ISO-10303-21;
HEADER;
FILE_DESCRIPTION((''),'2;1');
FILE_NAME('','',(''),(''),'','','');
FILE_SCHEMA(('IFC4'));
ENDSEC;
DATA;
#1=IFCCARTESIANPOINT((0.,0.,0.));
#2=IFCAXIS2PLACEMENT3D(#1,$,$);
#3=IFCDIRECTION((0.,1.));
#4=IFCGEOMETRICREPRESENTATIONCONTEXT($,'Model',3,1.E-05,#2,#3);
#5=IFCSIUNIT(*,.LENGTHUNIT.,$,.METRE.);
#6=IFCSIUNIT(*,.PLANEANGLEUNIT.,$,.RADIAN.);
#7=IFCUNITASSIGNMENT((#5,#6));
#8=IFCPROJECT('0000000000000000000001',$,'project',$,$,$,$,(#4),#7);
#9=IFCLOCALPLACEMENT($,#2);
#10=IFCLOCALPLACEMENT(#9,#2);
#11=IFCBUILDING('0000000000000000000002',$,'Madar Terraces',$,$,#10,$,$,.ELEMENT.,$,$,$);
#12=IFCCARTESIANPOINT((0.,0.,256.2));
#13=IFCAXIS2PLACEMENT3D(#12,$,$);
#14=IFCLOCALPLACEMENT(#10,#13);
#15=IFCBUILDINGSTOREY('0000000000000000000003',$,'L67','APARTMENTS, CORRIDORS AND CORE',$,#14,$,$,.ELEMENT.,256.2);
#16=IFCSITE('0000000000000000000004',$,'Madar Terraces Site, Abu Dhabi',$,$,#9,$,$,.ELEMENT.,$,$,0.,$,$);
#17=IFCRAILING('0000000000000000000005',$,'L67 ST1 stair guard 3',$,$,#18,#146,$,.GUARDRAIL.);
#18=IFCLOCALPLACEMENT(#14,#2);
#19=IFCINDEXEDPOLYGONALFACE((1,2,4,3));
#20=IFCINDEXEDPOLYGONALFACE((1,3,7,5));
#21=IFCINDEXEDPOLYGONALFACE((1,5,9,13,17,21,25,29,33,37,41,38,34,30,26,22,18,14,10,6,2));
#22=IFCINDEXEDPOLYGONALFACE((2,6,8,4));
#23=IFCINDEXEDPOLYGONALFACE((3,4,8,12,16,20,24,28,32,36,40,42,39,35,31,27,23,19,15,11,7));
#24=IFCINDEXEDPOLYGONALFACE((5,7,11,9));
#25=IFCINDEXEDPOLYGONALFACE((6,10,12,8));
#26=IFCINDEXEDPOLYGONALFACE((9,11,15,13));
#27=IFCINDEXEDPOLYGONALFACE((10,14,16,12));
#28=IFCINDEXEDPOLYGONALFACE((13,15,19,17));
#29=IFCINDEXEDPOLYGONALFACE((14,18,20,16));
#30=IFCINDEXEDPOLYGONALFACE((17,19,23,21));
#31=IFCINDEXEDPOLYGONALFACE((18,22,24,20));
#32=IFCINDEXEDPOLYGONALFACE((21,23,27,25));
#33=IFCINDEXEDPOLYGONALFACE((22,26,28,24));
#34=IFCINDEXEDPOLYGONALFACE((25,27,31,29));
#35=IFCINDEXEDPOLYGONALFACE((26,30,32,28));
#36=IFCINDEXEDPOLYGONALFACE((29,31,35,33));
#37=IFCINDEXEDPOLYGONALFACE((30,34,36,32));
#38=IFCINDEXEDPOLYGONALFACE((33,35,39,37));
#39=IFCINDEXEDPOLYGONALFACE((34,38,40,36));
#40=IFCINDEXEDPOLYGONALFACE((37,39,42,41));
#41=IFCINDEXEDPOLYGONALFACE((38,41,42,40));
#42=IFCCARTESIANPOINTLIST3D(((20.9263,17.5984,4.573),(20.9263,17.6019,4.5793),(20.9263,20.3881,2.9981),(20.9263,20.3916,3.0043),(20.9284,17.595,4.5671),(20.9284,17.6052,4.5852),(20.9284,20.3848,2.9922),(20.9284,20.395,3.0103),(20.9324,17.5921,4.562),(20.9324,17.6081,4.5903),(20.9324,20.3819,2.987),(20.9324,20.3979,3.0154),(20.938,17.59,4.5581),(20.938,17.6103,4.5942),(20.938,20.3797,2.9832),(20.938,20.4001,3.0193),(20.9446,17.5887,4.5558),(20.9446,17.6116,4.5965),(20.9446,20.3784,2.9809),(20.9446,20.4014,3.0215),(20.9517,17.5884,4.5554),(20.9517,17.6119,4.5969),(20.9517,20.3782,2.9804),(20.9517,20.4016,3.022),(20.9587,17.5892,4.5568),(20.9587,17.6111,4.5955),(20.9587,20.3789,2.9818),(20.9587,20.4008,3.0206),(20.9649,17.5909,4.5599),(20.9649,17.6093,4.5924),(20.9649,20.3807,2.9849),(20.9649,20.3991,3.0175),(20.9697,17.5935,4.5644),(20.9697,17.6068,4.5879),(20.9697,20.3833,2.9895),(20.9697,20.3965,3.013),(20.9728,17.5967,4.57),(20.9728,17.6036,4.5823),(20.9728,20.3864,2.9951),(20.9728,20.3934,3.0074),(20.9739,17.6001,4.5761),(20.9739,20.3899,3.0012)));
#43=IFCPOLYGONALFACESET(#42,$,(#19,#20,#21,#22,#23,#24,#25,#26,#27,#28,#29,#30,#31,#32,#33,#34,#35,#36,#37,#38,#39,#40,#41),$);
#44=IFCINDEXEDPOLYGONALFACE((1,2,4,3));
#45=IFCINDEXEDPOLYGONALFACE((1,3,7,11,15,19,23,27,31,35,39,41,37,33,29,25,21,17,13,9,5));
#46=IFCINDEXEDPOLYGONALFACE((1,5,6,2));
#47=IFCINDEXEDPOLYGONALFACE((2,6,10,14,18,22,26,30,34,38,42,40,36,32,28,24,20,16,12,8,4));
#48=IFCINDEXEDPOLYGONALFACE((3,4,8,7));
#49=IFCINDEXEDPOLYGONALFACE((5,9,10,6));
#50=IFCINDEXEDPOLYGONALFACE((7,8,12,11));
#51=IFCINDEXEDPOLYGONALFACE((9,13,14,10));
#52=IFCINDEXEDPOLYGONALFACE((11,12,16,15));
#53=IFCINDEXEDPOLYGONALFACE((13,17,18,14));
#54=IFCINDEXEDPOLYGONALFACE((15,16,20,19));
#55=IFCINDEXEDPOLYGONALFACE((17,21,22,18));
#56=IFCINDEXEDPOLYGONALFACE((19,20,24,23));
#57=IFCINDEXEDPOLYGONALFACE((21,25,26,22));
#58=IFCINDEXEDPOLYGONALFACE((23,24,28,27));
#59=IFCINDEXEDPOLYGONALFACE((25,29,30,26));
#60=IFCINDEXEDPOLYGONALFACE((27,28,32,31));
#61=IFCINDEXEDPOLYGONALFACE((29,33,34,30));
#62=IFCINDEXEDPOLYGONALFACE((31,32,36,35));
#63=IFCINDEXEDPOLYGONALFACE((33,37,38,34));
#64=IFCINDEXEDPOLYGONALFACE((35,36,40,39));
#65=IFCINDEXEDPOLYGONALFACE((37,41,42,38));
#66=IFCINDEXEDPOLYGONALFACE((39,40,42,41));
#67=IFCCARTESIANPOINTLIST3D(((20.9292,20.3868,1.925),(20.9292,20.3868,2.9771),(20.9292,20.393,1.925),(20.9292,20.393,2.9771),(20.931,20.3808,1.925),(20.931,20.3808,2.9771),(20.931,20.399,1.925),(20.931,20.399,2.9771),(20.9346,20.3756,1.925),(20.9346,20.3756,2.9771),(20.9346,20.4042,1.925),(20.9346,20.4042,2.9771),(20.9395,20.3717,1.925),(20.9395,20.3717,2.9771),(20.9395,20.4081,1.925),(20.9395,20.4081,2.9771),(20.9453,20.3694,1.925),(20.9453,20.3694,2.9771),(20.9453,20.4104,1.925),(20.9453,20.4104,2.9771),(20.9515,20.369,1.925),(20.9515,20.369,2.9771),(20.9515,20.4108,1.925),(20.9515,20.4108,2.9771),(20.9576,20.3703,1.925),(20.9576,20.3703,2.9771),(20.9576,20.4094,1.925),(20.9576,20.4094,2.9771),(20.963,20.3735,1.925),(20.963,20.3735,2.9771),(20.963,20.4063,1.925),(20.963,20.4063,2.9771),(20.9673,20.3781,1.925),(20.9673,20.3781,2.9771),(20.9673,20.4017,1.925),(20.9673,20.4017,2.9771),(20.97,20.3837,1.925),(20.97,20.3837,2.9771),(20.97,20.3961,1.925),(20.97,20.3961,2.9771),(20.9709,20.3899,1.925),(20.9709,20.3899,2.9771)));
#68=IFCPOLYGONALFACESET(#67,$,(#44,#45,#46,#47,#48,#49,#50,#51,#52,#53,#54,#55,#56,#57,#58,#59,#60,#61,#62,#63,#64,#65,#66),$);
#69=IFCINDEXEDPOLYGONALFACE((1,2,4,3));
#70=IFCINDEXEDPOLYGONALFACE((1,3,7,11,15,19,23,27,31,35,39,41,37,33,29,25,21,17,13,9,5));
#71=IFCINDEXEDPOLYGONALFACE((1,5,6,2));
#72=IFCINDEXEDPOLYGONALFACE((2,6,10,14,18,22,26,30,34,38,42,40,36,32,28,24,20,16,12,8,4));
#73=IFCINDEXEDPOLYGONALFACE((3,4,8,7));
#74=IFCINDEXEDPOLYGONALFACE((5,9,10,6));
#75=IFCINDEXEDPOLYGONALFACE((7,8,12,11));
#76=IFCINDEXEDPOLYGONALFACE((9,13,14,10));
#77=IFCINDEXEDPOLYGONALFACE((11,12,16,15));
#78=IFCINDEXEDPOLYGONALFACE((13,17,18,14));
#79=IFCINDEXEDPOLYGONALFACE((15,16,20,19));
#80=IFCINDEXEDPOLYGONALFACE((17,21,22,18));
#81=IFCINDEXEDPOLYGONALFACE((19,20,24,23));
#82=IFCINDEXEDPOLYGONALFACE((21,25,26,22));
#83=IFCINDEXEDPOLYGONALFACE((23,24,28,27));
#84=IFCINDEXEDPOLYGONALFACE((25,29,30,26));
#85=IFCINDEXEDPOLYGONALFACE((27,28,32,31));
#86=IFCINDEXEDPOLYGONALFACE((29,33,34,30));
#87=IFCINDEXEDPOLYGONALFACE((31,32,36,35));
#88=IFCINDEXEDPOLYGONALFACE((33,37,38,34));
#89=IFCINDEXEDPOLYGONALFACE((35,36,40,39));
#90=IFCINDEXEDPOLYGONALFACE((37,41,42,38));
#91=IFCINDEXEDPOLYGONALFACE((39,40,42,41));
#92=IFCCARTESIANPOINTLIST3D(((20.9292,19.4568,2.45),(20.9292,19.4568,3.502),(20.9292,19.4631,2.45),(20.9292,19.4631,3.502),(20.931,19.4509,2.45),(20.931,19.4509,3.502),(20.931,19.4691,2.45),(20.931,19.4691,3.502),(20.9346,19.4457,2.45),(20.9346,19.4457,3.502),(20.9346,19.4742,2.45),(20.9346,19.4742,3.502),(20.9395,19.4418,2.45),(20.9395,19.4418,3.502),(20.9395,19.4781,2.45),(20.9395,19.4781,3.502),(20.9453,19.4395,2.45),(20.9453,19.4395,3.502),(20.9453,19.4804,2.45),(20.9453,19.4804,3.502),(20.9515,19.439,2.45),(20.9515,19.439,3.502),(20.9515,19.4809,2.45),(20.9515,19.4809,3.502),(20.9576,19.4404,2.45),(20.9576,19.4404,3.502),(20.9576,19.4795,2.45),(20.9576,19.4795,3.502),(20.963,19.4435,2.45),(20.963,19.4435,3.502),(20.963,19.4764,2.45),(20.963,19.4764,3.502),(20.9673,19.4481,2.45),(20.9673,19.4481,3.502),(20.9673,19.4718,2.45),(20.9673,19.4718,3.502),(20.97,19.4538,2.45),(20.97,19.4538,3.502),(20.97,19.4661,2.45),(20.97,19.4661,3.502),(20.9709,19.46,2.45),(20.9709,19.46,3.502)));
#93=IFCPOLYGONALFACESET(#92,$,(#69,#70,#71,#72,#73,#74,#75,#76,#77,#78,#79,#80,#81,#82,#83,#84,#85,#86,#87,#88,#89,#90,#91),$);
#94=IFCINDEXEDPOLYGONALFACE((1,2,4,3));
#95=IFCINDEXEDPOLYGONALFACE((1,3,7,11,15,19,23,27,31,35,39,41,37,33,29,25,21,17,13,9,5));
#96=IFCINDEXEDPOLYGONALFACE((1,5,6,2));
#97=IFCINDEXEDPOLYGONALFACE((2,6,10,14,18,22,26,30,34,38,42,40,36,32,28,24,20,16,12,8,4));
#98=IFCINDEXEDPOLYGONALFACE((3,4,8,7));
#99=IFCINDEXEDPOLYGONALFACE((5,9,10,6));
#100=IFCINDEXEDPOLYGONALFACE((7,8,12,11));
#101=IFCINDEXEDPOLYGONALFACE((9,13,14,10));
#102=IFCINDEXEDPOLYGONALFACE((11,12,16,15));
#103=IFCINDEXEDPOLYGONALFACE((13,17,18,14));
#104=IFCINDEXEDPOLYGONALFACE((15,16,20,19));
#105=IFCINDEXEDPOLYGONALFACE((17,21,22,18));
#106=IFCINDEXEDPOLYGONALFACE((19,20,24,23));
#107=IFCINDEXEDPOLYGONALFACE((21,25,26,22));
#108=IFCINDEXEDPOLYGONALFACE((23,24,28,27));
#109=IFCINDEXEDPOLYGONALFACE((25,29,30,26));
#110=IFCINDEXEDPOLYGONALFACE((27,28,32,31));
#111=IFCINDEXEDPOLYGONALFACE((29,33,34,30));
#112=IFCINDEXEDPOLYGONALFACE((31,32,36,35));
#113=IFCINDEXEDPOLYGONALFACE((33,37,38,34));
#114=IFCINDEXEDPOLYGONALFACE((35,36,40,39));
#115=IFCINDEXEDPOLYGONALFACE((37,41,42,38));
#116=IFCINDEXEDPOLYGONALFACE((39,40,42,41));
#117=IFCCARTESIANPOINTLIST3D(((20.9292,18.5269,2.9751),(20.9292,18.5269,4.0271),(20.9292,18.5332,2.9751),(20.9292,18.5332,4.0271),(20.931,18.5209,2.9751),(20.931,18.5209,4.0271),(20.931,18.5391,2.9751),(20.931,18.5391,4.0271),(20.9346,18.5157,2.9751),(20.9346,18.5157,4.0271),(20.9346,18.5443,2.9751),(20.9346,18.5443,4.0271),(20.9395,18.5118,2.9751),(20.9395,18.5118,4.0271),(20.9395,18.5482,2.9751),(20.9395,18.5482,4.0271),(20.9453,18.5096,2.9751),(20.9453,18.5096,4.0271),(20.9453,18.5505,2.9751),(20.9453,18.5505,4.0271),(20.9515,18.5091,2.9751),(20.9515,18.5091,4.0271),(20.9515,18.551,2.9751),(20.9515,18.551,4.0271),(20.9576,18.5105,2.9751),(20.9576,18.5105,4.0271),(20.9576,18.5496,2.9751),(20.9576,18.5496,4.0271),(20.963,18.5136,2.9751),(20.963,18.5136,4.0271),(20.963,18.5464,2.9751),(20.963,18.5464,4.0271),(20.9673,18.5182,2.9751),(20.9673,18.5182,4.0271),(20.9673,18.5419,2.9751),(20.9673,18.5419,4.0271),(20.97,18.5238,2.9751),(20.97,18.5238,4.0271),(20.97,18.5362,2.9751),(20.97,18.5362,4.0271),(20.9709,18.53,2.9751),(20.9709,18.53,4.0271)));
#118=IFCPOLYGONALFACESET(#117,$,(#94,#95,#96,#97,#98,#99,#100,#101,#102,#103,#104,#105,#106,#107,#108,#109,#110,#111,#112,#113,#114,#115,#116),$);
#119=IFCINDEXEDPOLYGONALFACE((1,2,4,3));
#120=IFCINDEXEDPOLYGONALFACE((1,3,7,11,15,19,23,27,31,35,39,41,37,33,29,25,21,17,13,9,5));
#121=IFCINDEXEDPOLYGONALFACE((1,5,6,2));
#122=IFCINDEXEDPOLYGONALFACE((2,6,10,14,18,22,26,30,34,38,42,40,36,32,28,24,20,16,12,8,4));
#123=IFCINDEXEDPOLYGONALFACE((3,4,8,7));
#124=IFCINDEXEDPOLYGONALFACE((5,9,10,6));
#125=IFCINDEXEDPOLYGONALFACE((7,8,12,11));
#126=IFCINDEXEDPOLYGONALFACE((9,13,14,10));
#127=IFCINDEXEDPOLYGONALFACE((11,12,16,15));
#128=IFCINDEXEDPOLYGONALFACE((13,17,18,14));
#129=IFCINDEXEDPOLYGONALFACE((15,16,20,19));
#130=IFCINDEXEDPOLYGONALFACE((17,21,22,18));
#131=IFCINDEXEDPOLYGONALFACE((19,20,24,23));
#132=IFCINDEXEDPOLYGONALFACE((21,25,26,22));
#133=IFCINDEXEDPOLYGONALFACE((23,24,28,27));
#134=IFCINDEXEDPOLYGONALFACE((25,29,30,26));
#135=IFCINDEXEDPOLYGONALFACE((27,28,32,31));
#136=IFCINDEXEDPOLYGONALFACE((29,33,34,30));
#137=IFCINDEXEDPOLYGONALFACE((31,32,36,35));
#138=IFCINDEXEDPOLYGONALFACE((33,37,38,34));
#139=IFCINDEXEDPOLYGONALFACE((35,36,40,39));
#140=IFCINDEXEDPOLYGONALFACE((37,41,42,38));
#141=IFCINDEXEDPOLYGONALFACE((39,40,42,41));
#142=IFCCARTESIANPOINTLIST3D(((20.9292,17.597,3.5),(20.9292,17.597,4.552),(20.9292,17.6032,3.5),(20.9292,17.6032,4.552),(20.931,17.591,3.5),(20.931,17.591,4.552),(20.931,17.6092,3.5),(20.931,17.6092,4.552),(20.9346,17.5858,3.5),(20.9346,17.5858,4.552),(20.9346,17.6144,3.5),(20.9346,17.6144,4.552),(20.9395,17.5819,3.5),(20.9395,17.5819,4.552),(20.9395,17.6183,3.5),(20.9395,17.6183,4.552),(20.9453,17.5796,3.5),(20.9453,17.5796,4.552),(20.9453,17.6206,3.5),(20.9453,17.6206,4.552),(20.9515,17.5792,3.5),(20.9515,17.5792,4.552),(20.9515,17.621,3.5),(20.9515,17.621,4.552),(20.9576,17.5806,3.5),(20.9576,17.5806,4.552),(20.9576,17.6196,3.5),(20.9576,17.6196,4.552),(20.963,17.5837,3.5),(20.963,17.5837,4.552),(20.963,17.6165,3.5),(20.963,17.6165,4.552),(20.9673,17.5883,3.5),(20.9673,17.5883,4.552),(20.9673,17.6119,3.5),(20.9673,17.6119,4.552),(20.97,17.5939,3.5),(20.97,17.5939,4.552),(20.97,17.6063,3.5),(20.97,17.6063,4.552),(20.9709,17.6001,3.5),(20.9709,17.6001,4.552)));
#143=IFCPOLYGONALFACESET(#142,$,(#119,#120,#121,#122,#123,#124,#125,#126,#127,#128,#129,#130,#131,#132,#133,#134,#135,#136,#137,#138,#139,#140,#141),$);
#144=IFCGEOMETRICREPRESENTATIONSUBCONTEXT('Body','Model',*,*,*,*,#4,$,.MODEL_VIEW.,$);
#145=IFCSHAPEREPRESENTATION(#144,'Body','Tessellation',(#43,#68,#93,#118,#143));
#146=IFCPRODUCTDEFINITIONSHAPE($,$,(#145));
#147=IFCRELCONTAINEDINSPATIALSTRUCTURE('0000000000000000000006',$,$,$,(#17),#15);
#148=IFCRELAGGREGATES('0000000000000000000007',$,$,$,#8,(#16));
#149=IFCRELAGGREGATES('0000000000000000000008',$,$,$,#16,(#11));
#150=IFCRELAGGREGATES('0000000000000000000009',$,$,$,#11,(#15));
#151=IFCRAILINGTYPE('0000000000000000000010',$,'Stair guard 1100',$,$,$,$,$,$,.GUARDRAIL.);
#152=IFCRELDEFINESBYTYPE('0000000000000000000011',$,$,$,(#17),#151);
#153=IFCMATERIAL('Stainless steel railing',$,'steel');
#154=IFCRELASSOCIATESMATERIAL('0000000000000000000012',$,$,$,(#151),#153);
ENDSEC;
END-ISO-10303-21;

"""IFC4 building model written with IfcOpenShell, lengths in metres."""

from ifc_helpers import new_model, si_unit, direction, frame, origin, origin_2d, place, context, subcontext, project, spatial, circle, extrude, material, type_object, element, save


model = new_model("IFC4")

# Units and contexts
model_context = context("Model", 3, precision=1e-05, world=origin(), true_north=direction((0.0, 1.0)))
body_context = subcontext(model_context, "Body", "Model", "MODEL_VIEW")
ifc_project = project(units=[si_unit("LENGTHUNIT", "METRE"), si_unit("PLANEANGLEUNIT", "RADIAN")], contexts=[model_context])

# Site, building, storey
site_placement = place(None, origin())
site = spatial("IfcSite", under=ifc_project, at=site_placement, Name="Madar Terraces Site, Abu Dhabi", CompositionType="ELEMENT", RefElevation=0.0)
building_placement = place(site_placement, origin())
building = spatial("IfcBuilding", under=site, at=building_placement, Name="Madar Terraces", CompositionType="ELEMENT")
storey_placement = place(building_placement, frame((0.0, 0.0, 256.2)))
storey = spatial("IfcBuildingStorey", under=building, at=storey_placement, Name="L67", Description="APARTMENTS, CORRIDORS AND CORE", CompositionType="ELEMENT", Elevation=256.2)

# Railing
ifc_material_1 = material(Name="Stainless steel railing", Category="steel")
railing_type_1 = type_object("IfcRailingType", Name="Stair guard 1100", PredefinedType="GUARDRAIL", material=ifc_material_1)
railing_1_placement = place(storey_placement, frame((20.95, 20.3899, 1.925)))
element("IfcRailing", 1, at=railing_1_placement, inside=storey, type_object=railing_type_1, Name="L67 ST1 stair guard 3", PredefinedType="GUARDRAIL", context=body_context, shape_type="SweptSolid", body=[
    extrude(circle(Radius=0.0239, at=origin_2d()), frame((0.0, 0.0, 1.0762), z_axis=(0.0, -0.870815, 0.49161), x_axis=(1.0, 0.0, 0.0)), (0.0, 0.0, 1.0), 3.2036),
    extrude(circle(Radius=0.021, at=origin_2d()), origin(), (0.0, 0.0, 1.0), 1.052),
    extrude(circle(Radius=0.021, at=origin_2d()), frame((0.0, -0.9299, 0.5249)), (0.0, 0.0, 1.0), 1.052),
    extrude(circle(Radius=0.021, at=origin_2d()), frame((0.0, -1.8599, 1.05)), (0.0, 0.0, 1.0), 1.052),
    extrude(circle(Radius=0.021, at=origin_2d()), frame((0.0, -2.7898, 1.575)), (0.0, 0.0, 1.0), 1.052),
])

save(model, "model.ifc")
